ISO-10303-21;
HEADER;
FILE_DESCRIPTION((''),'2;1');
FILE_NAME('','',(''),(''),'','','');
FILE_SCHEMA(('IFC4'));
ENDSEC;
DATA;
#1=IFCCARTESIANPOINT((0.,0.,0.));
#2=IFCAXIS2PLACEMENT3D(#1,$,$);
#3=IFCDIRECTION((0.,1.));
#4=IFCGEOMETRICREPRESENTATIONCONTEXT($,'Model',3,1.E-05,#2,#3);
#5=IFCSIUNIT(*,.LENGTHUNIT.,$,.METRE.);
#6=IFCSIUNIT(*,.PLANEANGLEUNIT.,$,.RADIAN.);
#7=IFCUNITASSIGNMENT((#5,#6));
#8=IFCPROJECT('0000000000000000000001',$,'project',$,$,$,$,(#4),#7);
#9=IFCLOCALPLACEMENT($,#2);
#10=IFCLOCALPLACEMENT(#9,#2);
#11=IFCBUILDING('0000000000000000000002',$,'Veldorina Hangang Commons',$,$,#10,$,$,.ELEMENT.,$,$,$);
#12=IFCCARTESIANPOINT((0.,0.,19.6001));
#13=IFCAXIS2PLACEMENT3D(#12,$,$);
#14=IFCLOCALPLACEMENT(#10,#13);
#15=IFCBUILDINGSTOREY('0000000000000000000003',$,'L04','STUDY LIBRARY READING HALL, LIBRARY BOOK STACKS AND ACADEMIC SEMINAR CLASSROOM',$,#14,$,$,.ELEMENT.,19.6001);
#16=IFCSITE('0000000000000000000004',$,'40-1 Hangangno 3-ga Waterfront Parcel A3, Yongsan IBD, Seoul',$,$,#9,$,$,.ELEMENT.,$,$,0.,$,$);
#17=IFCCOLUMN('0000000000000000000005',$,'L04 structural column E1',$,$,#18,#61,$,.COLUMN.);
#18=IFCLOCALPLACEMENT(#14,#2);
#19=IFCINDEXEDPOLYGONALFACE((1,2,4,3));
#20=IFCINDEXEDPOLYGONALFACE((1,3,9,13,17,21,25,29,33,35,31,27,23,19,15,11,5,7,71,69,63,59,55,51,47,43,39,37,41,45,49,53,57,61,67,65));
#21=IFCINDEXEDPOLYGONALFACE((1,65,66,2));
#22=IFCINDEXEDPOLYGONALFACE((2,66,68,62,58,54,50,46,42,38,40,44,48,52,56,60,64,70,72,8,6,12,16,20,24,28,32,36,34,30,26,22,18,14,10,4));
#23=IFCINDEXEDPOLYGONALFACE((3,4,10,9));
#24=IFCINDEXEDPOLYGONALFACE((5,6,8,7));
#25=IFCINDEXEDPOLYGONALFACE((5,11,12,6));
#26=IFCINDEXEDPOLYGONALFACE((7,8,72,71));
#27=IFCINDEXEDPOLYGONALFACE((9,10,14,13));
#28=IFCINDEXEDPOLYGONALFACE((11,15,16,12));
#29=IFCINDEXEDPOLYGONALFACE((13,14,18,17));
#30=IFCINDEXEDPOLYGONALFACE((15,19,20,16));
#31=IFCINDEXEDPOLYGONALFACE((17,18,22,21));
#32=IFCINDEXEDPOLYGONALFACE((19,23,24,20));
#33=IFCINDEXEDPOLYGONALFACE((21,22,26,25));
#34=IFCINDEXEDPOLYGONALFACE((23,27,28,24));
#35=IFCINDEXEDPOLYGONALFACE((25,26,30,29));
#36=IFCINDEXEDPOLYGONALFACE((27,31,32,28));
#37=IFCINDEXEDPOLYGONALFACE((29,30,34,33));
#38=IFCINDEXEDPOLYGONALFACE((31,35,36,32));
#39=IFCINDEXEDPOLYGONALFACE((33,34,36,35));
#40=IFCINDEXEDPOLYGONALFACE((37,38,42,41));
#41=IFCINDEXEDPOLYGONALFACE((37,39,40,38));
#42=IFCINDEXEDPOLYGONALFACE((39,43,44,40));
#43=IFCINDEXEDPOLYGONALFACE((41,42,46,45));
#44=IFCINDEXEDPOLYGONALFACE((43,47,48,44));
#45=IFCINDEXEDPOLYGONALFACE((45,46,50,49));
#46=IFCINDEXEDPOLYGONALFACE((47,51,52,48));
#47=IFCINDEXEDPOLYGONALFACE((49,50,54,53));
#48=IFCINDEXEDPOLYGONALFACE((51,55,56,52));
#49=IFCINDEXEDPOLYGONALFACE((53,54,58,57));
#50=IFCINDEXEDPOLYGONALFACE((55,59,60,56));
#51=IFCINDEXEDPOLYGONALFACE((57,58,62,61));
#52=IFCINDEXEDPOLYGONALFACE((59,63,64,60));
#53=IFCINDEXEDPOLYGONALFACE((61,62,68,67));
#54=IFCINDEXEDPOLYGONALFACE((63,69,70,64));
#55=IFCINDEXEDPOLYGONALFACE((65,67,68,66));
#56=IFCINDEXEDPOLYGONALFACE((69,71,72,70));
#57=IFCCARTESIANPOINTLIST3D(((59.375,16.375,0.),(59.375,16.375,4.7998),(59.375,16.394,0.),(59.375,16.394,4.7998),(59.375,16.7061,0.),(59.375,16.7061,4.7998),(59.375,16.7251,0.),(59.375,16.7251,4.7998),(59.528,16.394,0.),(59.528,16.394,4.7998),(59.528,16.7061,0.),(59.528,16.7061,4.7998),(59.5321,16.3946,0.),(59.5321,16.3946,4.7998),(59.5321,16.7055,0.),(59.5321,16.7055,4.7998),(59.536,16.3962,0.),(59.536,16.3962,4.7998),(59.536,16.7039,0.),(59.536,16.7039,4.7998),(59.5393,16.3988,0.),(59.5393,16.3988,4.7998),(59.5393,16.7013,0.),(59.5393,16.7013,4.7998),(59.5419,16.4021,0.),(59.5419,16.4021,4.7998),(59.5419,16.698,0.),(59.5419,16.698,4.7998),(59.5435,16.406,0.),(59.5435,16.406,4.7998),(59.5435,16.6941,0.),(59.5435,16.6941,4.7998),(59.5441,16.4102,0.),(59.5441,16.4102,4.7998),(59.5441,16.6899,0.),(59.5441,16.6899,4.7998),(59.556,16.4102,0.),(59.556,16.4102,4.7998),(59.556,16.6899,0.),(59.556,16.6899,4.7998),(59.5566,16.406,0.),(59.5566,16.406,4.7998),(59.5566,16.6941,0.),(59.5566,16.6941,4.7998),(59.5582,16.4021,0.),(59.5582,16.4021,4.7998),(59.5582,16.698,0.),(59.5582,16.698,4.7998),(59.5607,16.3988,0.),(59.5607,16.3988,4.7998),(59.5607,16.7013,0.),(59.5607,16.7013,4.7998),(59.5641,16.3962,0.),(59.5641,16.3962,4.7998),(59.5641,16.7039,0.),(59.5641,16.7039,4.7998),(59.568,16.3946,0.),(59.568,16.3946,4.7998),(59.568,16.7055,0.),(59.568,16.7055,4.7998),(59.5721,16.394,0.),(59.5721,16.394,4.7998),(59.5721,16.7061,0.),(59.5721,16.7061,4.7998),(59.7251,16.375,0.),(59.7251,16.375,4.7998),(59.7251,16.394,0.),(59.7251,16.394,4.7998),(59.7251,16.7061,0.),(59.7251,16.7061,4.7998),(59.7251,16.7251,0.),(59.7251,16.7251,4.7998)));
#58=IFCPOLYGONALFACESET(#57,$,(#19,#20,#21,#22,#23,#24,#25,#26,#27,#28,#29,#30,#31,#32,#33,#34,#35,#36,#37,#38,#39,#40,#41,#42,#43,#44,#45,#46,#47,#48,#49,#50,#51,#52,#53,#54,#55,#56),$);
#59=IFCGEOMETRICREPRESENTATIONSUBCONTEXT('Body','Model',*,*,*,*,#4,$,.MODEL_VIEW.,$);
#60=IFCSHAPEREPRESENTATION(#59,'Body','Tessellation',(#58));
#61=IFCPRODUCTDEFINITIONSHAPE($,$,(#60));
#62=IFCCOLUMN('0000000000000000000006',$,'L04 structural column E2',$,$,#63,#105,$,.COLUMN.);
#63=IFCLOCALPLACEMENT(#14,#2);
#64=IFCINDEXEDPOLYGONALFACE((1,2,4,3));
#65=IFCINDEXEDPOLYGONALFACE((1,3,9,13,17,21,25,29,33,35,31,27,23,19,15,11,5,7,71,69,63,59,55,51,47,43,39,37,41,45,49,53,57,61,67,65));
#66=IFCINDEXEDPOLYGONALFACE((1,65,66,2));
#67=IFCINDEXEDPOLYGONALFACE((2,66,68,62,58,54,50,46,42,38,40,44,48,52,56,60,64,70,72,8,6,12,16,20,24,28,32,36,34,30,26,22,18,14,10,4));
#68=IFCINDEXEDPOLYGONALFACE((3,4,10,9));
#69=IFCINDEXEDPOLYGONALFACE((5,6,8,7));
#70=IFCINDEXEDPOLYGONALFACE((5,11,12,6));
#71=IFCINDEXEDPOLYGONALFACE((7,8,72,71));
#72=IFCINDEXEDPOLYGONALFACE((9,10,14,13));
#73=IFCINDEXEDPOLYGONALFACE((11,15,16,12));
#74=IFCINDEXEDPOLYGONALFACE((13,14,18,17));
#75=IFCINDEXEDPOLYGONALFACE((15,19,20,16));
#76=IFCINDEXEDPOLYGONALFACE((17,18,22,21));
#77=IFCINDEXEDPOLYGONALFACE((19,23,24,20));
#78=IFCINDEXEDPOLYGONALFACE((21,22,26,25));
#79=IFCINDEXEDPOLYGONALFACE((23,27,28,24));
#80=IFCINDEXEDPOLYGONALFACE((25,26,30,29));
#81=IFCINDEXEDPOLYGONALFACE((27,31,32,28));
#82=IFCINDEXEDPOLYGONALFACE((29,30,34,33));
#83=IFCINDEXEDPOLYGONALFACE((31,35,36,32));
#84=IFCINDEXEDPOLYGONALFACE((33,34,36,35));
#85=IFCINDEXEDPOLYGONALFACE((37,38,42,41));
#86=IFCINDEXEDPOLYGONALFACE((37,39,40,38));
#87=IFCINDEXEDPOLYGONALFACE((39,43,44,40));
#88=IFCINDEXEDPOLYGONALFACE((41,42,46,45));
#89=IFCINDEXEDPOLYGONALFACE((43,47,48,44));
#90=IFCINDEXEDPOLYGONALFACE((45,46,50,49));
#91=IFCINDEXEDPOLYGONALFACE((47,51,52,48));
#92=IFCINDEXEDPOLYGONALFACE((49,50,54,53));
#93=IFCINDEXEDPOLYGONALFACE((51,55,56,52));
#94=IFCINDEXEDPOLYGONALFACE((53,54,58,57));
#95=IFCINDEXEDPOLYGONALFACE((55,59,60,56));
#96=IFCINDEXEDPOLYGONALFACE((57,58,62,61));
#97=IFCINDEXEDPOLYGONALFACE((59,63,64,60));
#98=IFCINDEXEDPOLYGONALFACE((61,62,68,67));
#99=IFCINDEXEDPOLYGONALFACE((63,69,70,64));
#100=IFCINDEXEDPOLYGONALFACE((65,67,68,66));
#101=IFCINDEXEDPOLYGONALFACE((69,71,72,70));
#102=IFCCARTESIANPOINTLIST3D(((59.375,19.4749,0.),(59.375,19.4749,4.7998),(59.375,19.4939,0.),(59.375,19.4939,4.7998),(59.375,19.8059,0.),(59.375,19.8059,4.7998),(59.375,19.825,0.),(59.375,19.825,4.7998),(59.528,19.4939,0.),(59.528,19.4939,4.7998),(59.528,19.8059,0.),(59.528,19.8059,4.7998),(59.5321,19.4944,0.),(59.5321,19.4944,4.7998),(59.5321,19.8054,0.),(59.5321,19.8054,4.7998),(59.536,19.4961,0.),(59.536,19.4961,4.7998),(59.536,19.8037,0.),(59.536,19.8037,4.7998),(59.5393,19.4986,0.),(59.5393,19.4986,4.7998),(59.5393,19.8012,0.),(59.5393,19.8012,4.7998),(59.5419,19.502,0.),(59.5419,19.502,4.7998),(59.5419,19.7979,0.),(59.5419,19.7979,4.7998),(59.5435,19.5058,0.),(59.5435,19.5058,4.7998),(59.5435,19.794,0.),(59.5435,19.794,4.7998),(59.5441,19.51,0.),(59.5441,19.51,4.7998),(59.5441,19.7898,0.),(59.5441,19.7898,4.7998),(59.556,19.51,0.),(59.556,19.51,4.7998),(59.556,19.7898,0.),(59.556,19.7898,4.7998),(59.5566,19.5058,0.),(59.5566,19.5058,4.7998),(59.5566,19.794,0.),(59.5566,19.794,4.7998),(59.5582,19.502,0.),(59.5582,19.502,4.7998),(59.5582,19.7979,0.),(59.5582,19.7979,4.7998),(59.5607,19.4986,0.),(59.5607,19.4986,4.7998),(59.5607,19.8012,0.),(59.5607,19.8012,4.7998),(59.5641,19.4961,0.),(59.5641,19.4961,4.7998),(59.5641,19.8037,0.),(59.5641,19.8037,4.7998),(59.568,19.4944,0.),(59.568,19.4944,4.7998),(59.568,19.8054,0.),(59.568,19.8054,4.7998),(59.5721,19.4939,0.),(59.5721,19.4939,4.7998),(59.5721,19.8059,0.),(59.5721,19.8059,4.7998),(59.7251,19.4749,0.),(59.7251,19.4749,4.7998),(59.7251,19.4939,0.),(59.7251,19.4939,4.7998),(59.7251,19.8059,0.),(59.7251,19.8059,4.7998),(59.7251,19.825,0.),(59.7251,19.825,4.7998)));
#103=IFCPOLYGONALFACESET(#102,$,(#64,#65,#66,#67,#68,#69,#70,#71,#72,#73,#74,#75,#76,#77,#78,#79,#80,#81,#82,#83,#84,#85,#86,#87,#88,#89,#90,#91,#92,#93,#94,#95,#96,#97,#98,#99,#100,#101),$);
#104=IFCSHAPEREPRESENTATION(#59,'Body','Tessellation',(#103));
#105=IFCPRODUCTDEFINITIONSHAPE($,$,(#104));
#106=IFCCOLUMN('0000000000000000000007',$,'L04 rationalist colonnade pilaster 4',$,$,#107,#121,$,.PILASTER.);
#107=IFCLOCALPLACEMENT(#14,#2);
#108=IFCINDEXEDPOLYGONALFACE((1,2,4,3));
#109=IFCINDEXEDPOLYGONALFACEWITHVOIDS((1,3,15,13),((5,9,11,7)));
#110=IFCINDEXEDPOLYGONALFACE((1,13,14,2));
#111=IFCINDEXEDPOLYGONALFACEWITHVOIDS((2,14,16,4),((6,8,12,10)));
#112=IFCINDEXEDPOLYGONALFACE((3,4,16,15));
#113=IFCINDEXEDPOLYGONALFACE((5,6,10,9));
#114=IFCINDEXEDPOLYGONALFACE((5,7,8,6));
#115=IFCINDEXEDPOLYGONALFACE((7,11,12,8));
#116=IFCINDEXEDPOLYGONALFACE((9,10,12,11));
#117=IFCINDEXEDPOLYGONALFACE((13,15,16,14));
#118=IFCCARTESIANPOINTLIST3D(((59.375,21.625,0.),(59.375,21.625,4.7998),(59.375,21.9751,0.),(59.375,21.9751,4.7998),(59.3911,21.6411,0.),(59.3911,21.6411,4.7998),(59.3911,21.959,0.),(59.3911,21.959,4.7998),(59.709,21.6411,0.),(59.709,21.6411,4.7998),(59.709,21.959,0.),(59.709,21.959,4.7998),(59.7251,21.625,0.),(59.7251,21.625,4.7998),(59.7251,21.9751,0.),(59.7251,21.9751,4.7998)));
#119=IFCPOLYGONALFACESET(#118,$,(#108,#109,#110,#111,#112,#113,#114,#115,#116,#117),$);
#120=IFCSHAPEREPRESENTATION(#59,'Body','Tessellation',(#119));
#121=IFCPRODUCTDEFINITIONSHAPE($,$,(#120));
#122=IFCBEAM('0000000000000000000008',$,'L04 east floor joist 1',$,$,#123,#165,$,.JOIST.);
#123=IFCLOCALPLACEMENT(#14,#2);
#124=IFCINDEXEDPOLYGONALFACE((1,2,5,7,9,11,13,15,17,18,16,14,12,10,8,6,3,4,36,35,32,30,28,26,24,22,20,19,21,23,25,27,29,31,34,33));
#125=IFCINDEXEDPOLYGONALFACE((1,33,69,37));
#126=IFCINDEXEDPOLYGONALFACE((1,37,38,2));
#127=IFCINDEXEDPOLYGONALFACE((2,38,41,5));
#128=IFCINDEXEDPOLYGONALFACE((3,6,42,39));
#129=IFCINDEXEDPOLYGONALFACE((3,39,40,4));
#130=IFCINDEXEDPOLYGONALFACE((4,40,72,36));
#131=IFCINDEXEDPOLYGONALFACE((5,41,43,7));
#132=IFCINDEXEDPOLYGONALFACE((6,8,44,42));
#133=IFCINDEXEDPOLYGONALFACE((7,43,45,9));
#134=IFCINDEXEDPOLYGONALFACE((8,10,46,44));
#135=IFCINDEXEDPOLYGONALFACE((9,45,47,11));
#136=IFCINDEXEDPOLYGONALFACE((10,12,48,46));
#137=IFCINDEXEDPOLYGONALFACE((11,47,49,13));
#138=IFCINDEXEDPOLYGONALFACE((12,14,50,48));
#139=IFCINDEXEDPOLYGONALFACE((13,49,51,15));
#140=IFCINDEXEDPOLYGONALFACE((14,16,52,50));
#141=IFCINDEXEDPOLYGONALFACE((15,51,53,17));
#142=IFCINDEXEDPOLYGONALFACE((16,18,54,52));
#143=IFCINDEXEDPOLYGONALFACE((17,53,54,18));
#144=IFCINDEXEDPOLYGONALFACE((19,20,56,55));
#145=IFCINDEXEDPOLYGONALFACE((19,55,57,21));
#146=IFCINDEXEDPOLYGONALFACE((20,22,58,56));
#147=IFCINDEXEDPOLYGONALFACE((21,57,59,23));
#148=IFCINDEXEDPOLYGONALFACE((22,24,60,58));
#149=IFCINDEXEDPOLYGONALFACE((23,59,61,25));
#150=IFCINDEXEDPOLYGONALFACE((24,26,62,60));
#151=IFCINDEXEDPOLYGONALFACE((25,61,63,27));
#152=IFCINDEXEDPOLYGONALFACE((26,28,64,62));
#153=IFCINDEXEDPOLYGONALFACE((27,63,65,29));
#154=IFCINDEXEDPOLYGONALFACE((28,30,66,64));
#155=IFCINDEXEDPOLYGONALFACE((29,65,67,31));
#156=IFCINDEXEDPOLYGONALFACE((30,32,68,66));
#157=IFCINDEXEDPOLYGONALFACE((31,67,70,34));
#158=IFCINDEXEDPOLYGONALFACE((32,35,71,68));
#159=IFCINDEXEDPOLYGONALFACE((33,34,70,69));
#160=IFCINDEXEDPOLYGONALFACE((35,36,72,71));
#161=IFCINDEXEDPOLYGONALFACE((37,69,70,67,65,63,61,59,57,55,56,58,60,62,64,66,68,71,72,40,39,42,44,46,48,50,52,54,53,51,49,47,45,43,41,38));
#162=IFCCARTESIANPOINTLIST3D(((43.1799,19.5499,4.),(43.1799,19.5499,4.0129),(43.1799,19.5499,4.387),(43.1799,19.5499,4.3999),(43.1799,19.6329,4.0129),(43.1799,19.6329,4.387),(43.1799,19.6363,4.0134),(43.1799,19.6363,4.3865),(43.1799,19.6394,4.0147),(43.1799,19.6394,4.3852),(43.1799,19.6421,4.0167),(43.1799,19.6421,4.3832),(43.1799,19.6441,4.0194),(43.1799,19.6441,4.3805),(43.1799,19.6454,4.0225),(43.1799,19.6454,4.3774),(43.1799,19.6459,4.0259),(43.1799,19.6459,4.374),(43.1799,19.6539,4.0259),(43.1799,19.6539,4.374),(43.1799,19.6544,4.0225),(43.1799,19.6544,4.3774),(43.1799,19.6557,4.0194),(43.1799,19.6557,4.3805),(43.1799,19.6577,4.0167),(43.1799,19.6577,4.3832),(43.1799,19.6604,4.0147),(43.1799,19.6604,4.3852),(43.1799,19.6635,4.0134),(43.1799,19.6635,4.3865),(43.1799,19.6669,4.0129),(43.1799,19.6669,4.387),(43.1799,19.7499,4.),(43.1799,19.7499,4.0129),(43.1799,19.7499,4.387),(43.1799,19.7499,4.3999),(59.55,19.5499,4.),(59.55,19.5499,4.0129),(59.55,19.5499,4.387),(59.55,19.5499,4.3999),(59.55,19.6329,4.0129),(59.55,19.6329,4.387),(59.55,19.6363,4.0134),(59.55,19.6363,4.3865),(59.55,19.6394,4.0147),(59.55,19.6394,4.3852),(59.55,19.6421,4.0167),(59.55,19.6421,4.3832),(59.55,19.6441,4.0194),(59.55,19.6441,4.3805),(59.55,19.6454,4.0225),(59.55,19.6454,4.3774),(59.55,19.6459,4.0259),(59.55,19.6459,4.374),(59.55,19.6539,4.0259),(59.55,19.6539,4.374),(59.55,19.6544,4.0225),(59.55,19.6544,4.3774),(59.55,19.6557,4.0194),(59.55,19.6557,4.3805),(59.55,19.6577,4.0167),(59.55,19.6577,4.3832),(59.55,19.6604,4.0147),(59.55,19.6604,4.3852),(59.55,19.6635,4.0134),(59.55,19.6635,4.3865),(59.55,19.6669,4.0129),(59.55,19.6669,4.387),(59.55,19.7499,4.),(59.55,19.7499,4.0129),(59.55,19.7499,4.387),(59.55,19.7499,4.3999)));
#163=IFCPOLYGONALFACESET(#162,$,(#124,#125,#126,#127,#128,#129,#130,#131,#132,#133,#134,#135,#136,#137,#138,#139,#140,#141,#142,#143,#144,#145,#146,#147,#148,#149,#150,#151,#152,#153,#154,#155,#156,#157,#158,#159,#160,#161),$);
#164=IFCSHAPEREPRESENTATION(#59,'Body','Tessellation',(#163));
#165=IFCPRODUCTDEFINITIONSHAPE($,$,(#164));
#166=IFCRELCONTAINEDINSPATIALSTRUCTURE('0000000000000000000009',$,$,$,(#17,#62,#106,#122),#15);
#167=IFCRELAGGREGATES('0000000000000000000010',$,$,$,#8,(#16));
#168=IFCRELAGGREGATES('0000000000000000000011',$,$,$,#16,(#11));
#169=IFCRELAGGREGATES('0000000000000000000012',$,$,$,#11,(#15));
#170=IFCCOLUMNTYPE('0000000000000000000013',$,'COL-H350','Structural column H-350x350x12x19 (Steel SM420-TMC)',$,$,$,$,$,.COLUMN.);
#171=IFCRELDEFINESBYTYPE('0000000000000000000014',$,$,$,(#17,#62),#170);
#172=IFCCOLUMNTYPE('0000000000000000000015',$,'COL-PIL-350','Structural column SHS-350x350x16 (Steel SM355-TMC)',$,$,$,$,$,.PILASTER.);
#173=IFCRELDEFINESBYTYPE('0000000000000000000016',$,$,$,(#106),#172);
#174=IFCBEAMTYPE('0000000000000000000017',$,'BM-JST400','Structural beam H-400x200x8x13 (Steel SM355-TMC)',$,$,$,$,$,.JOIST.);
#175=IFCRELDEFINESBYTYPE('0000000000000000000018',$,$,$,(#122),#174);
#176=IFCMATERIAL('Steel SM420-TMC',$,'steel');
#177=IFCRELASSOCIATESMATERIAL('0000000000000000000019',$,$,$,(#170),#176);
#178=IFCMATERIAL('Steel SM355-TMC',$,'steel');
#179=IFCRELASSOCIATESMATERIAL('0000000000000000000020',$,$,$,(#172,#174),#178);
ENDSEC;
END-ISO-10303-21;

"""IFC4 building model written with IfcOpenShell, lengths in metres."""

from ifc_helpers import new_model, si_unit, direction, frame, origin, origin_2d, place, context, subcontext, project, spatial, hollow_rectangle, i_section, extrude, material, material_profile, profile_set, type_object, element, save


model = new_model("IFC4")

# Units and contexts
model_context = context("Model", 3, precision=1e-05, world=origin(), true_north=direction((0.0, 1.0)))
body_context = subcontext(model_context, "Body", "Model", "MODEL_VIEW")
ifc_project = project(units=[si_unit("LENGTHUNIT", "METRE"), si_unit("PLANEANGLEUNIT", "RADIAN")], contexts=[model_context])

# Site, building, storey
site_placement = place(None, origin())
site = spatial("IfcSite", under=ifc_project, at=site_placement, Name="40-1 Hangangno 3-ga Waterfront Parcel A3, Yongsan IBD, Seoul", CompositionType="ELEMENT", RefElevation=0.0)
building_placement = place(site_placement, origin())
building = spatial("IfcBuilding", under=site, at=building_placement, Name="Veldorina Hangang Commons", CompositionType="ELEMENT")
storey_placement = place(building_placement, frame((0.0, 0.0, 19.6001)))
storey = spatial("IfcBuildingStorey", under=building, at=storey_placement, Name="L04", Description="STUDY LIBRARY READING HALL, LIBRARY BOOK STACKS AND ACADEMIC SEMINAR CLASSROOM", CompositionType="ELEMENT", Elevation=19.6001)

# Columns
ifc_material_1 = material(Name="Steel SM420-TMC", Category="steel")
ifc_material_profile_1 = material_profile(ifc_material_1, i_section(OverallWidth=0.3501, OverallDepth=0.3501, WebThickness=0.012, FlangeThickness=0.019, FilletRadius=0.0161, at=origin_2d()), Name="H-350x350x12x19")
ifc_profile_set_1 = profile_set([ifc_material_profile_1], Name="Steel SM420-TMC")
column_type_1 = type_object("IfcColumnType", Name="COL-H350", Description="Structural column H-350x350x12x19 (Steel SM420-TMC)", PredefinedType="COLUMN", material=ifc_profile_set_1)
for number, where, z_axis, x_axis, name in (
    (1, (59.55, 16.55, 0.0), (0.0, 0.0, 1.0), (1.0, 0.0, 0.0), "L04 structural column E1"),
    (2, (59.55, 19.6499, 0.0), (0.0, 0.0, 1.0), (1.0, 0.0, 0.0), "L04 structural column E2"),
):
    element("IfcColumn", number, at=place(storey_placement, frame(where, z_axis=z_axis, x_axis=x_axis)), inside=storey, type_object=column_type_1, Name=name, PredefinedType="COLUMN", context=body_context, shape_type="SweptSolid", body=[
        extrude(i_section(OverallWidth=0.3501, OverallDepth=0.3501, WebThickness=0.012, FlangeThickness=0.019, FilletRadius=0.0161, at=origin_2d()), origin(), (0.0, 0.0, 1.0), 4.7998),
    ])
ifc_material_2 = material(Name="Steel SM355-TMC", Category="steel")
ifc_material_profile_2 = material_profile(ifc_material_2, hollow_rectangle(XDim=0.3501, YDim=0.3501, WallThickness=0.0161, at=origin_2d()), Name="SHS-350x350x16")
ifc_profile_set_2 = profile_set([ifc_material_profile_2], Name="Steel SM355-TMC")
column_type_2 = type_object("IfcColumnType", Name="COL-PIL-350", Description="Structural column SHS-350x350x16 (Steel SM355-TMC)", PredefinedType="PILASTER", material=ifc_profile_set_2)
column_placement = place(storey_placement, frame((59.55, 21.8, 0.0), z_axis=(0.0, 0.0, 1.0), x_axis=(1.0, 0.0, 0.0)))
element("IfcColumn", 3, at=column_placement, inside=storey, type_object=column_type_2, Name="L04 rationalist colonnade pilaster 4", PredefinedType="PILASTER", context=body_context, shape_type="SweptSolid", body=[
    extrude(hollow_rectangle(XDim=0.3501, YDim=0.3501, WallThickness=0.0161, at=origin_2d()), origin(), (0.0, 0.0, 1.0), 4.7998),
])

# Beam
ifc_material_profile_3 = material_profile(ifc_material_2, i_section(OverallWidth=0.2, OverallDepth=0.3999, WebThickness=0.0081, FlangeThickness=0.0129, FilletRadius=0.0129, at=origin_2d()), Name="H-400x200x8x13")
ifc_profile_set_3 = profile_set([ifc_material_profile_3], Name="Steel SM355-TMC")
beam_type_1 = type_object("IfcBeamType", Name="BM-JST400", Description="Structural beam H-400x200x8x13 (Steel SM355-TMC)", PredefinedType="JOIST", material=ifc_profile_set_3)
beam_1_placement = place(storey_placement, frame((43.1799, 19.6499, 4.2), z_axis=(1.0, 0.0, 0.0), x_axis=(0.0, 1.0, 0.0)))
element("IfcBeam", 4, at=beam_1_placement, inside=storey, type_object=beam_type_1, Name="L04 east floor joist 1", PredefinedType="JOIST", context=body_context, shape_type="SweptSolid", body=[
    extrude(i_section(OverallWidth=0.2, OverallDepth=0.3999, WebThickness=0.0081, FlangeThickness=0.0129, FilletRadius=0.0129, at=origin_2d()), origin(), (0.0, 0.0, 1.0), 16.3701),
])

save(model, "model.ifc")
